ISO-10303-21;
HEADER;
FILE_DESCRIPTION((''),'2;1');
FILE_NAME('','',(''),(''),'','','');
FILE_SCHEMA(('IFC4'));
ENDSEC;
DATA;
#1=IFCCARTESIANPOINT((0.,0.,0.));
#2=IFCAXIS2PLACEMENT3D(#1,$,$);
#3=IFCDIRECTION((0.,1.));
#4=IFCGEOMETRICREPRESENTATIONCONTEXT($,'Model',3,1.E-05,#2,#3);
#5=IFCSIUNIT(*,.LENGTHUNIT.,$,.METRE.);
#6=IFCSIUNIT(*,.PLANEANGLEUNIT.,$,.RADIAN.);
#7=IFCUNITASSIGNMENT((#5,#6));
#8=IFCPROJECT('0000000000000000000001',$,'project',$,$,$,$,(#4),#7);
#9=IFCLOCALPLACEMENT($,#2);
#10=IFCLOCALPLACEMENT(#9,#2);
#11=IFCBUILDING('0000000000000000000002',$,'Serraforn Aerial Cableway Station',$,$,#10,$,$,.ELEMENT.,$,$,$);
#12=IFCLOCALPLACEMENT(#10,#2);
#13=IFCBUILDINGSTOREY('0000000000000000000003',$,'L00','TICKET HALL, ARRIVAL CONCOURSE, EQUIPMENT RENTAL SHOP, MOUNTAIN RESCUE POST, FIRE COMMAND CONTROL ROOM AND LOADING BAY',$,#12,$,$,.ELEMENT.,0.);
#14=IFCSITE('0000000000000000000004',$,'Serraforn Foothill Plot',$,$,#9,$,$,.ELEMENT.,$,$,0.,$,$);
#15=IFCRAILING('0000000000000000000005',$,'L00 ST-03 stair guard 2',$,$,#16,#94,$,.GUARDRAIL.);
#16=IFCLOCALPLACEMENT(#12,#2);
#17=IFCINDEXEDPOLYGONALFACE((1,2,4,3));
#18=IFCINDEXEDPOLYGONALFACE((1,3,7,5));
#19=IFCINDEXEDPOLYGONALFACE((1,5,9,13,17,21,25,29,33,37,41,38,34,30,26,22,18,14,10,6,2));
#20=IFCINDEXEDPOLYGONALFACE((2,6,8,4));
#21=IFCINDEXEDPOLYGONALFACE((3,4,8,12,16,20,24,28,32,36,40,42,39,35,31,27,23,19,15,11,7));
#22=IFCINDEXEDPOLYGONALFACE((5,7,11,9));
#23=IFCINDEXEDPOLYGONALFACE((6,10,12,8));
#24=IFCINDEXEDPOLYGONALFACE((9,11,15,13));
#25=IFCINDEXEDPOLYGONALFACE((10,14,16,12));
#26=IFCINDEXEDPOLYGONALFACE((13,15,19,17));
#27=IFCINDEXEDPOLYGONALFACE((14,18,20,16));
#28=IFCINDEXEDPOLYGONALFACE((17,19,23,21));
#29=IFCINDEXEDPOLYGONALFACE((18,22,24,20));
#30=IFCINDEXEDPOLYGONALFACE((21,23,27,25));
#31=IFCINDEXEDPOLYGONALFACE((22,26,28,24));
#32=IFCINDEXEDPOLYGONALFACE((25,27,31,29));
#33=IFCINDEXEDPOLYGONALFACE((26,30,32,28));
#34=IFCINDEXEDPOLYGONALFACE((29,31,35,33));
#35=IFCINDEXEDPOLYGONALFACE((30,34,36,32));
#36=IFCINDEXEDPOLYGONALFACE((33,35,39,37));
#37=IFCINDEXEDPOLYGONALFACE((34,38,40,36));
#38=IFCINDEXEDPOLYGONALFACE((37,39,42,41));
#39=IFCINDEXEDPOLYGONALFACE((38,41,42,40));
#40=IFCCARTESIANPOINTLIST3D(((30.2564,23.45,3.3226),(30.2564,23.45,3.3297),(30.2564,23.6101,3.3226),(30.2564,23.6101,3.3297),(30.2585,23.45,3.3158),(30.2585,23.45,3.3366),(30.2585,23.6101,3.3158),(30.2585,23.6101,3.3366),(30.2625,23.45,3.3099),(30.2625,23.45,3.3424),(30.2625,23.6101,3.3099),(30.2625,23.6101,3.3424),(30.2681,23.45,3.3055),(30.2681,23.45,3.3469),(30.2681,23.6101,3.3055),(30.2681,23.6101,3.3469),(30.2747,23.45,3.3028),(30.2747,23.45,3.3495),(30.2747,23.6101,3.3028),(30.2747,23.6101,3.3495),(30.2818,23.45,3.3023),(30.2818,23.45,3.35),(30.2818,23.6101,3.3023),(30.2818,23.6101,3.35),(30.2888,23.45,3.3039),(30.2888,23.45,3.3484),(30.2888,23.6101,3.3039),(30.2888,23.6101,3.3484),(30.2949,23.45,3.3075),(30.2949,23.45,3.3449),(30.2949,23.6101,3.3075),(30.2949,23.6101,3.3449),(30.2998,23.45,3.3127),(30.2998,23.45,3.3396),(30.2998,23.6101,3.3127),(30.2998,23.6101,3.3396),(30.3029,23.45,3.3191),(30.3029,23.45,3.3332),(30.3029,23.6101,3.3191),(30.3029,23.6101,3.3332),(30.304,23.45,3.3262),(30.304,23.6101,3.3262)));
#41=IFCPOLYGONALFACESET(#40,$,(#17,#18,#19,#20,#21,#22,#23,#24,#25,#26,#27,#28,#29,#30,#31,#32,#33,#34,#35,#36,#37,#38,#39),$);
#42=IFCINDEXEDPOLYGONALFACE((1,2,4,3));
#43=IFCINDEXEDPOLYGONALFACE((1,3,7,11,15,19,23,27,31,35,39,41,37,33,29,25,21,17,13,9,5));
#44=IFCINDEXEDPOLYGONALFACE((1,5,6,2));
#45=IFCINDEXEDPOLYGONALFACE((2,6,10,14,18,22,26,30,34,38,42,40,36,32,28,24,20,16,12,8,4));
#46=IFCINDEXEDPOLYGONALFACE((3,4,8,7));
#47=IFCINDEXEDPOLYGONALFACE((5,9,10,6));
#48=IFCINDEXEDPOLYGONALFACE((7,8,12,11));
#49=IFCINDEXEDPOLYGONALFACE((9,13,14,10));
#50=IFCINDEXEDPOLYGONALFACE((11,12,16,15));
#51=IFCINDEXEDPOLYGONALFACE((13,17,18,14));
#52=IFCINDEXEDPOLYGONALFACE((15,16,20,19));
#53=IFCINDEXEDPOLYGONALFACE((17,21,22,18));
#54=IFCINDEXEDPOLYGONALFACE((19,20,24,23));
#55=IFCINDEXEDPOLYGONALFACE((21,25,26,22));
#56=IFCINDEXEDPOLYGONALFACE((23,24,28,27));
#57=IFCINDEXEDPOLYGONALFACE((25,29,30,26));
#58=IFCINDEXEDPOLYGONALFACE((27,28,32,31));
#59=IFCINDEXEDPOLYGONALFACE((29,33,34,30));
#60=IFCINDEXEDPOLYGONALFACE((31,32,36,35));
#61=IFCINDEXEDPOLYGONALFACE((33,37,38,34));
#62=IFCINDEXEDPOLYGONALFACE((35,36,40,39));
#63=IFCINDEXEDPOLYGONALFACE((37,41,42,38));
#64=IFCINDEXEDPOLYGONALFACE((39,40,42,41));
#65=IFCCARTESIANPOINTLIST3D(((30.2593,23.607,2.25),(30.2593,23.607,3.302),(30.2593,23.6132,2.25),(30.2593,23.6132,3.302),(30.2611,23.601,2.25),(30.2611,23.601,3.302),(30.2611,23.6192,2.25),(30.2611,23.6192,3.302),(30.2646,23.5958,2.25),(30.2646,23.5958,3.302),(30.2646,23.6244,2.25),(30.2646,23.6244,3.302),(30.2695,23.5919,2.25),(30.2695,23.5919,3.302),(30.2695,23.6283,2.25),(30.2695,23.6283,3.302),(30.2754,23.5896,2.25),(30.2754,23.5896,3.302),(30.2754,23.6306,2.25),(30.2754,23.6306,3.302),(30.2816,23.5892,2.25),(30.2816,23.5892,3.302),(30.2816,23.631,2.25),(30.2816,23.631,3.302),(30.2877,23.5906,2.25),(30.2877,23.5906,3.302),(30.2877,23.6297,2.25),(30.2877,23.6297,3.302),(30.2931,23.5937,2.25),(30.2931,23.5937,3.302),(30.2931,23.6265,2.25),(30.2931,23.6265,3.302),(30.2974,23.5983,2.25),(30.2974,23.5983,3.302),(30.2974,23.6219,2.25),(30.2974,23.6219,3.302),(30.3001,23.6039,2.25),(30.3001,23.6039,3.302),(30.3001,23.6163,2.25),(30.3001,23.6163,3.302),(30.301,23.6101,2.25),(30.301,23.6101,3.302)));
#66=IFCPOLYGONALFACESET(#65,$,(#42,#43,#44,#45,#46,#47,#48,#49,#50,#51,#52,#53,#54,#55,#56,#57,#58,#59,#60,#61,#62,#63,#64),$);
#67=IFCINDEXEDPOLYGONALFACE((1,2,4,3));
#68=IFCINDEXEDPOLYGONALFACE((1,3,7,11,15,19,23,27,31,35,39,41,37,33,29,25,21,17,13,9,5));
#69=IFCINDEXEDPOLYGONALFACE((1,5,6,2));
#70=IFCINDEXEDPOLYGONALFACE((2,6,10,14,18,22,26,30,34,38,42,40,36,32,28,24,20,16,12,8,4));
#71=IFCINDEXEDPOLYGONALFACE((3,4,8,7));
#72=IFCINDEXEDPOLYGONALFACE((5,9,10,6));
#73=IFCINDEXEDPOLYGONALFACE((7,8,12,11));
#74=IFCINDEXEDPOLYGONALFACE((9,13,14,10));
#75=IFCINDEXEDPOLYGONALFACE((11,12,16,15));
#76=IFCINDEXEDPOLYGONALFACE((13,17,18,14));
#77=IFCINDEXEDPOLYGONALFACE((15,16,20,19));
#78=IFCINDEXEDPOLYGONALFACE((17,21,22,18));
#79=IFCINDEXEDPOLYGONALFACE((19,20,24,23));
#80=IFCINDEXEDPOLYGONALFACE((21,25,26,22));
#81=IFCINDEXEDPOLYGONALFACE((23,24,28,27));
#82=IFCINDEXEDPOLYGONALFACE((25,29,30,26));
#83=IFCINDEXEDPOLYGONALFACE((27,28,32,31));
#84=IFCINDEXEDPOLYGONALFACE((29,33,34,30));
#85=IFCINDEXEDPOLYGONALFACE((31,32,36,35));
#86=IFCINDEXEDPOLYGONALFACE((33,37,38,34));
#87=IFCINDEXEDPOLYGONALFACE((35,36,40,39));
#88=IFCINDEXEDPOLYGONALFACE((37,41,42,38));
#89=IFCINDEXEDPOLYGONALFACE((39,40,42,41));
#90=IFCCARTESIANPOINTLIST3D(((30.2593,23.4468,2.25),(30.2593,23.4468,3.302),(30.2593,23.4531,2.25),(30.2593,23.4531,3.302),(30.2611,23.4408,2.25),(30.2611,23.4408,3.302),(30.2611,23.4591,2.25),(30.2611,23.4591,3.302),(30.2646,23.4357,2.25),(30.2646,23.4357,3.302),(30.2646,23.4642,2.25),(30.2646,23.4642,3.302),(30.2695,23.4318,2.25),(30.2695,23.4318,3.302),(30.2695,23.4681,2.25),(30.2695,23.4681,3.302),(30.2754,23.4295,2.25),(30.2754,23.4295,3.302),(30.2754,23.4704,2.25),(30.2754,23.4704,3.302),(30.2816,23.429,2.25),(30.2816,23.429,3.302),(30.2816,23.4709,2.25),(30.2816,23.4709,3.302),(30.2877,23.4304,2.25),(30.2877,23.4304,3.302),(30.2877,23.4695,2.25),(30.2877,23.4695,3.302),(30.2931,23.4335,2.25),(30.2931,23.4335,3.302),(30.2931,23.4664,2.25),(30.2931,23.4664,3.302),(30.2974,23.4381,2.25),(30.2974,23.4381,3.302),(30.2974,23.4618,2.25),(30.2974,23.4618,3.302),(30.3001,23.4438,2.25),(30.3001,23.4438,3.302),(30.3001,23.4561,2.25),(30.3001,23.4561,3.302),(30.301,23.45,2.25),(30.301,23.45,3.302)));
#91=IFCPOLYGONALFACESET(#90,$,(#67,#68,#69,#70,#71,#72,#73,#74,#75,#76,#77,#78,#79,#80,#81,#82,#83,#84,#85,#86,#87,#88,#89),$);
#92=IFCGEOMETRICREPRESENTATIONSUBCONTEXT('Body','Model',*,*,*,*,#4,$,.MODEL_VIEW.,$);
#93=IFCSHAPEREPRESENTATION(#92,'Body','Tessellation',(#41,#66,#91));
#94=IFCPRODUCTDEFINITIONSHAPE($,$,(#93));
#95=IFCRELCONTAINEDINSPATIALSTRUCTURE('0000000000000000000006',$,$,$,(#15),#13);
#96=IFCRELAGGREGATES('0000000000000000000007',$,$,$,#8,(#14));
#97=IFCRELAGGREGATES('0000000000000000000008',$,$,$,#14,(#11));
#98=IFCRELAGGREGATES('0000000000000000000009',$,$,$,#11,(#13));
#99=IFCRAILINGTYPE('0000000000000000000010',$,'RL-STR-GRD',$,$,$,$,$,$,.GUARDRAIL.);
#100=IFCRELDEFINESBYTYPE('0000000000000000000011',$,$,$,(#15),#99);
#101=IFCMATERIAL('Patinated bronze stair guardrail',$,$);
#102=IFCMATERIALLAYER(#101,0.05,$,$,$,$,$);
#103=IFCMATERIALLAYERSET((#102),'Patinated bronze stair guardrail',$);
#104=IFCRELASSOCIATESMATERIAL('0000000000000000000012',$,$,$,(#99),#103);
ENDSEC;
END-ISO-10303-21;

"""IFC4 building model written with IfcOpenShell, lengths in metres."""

from ifc_helpers import new_model, si_unit, direction, frame, origin, origin_2d, place, context, subcontext, project, spatial, circle, extrude, material, layer, layer_set, type_object, element, save


model = new_model("IFC4")

# Units and contexts
model_context = context("Model", 3, precision=1e-05, world=origin(), true_north=direction((0.0, 1.0)))
body_context = subcontext(model_context, "Body", "Model", "MODEL_VIEW")
ifc_project = project(units=[si_unit("LENGTHUNIT", "METRE"), si_unit("PLANEANGLEUNIT", "RADIAN")], contexts=[model_context])

# Site, building, storey
site_placement = place(None, origin())
site = spatial("IfcSite", under=ifc_project, at=site_placement, Name="Serraforn Foothill Plot", CompositionType="ELEMENT", RefElevation=0.0)
building_placement = place(site_placement, origin())
building = spatial("IfcBuilding", under=site, at=building_placement, Name="Serraforn Aerial Cableway Station", CompositionType="ELEMENT")
storey_placement = place(building_placement, origin())
storey = spatial("IfcBuildingStorey", under=building, at=storey_placement, Name="L00", Description="TICKET HALL, ARRIVAL CONCOURSE, EQUIPMENT RENTAL SHOP, MOUNTAIN RESCUE POST, FIRE COMMAND CONTROL ROOM AND LOADING BAY", CompositionType="ELEMENT", Elevation=0.0)

# Railing
ifc_material_1 = material(Name="Patinated bronze stair guardrail")
ifc_layer_1 = layer(ifc_material_1, 0.05)
ifc_layer_set_1 = layer_set([ifc_layer_1], Name="Patinated bronze stair guardrail")
railing_type_1 = type_object("IfcRailingType", Name="RL-STR-GRD", PredefinedType="GUARDRAIL", material=ifc_layer_set_1)
railing_1_placement = place(storey_placement, frame((30.28, 23.6101, 2.25)))
element("IfcRailing", 1, at=railing_1_placement, inside=storey, type_object=railing_type_1, Name="L00 ST-03 stair guard 2", PredefinedType="GUARDRAIL", context=body_context, shape_type="SweptSolid", body=[
    extrude(circle(Radius=0.0239, at=origin_2d()), frame((0.0, 0.0, 1.0762), z_axis=(0.0, -1.0, 0.0), x_axis=(1.0, 0.0, 0.0)), (0.0, 0.0, 1.0), 0.1602),
    extrude(circle(Radius=0.021, at=origin_2d()), origin(), (0.0, 0.0, 1.0), 1.052),
    extrude(circle(Radius=0.021, at=origin_2d()), frame((0.0, -0.1602, 0.0)), (0.0, 0.0, 1.0), 1.052),
])

save(model, "model.ifc")
